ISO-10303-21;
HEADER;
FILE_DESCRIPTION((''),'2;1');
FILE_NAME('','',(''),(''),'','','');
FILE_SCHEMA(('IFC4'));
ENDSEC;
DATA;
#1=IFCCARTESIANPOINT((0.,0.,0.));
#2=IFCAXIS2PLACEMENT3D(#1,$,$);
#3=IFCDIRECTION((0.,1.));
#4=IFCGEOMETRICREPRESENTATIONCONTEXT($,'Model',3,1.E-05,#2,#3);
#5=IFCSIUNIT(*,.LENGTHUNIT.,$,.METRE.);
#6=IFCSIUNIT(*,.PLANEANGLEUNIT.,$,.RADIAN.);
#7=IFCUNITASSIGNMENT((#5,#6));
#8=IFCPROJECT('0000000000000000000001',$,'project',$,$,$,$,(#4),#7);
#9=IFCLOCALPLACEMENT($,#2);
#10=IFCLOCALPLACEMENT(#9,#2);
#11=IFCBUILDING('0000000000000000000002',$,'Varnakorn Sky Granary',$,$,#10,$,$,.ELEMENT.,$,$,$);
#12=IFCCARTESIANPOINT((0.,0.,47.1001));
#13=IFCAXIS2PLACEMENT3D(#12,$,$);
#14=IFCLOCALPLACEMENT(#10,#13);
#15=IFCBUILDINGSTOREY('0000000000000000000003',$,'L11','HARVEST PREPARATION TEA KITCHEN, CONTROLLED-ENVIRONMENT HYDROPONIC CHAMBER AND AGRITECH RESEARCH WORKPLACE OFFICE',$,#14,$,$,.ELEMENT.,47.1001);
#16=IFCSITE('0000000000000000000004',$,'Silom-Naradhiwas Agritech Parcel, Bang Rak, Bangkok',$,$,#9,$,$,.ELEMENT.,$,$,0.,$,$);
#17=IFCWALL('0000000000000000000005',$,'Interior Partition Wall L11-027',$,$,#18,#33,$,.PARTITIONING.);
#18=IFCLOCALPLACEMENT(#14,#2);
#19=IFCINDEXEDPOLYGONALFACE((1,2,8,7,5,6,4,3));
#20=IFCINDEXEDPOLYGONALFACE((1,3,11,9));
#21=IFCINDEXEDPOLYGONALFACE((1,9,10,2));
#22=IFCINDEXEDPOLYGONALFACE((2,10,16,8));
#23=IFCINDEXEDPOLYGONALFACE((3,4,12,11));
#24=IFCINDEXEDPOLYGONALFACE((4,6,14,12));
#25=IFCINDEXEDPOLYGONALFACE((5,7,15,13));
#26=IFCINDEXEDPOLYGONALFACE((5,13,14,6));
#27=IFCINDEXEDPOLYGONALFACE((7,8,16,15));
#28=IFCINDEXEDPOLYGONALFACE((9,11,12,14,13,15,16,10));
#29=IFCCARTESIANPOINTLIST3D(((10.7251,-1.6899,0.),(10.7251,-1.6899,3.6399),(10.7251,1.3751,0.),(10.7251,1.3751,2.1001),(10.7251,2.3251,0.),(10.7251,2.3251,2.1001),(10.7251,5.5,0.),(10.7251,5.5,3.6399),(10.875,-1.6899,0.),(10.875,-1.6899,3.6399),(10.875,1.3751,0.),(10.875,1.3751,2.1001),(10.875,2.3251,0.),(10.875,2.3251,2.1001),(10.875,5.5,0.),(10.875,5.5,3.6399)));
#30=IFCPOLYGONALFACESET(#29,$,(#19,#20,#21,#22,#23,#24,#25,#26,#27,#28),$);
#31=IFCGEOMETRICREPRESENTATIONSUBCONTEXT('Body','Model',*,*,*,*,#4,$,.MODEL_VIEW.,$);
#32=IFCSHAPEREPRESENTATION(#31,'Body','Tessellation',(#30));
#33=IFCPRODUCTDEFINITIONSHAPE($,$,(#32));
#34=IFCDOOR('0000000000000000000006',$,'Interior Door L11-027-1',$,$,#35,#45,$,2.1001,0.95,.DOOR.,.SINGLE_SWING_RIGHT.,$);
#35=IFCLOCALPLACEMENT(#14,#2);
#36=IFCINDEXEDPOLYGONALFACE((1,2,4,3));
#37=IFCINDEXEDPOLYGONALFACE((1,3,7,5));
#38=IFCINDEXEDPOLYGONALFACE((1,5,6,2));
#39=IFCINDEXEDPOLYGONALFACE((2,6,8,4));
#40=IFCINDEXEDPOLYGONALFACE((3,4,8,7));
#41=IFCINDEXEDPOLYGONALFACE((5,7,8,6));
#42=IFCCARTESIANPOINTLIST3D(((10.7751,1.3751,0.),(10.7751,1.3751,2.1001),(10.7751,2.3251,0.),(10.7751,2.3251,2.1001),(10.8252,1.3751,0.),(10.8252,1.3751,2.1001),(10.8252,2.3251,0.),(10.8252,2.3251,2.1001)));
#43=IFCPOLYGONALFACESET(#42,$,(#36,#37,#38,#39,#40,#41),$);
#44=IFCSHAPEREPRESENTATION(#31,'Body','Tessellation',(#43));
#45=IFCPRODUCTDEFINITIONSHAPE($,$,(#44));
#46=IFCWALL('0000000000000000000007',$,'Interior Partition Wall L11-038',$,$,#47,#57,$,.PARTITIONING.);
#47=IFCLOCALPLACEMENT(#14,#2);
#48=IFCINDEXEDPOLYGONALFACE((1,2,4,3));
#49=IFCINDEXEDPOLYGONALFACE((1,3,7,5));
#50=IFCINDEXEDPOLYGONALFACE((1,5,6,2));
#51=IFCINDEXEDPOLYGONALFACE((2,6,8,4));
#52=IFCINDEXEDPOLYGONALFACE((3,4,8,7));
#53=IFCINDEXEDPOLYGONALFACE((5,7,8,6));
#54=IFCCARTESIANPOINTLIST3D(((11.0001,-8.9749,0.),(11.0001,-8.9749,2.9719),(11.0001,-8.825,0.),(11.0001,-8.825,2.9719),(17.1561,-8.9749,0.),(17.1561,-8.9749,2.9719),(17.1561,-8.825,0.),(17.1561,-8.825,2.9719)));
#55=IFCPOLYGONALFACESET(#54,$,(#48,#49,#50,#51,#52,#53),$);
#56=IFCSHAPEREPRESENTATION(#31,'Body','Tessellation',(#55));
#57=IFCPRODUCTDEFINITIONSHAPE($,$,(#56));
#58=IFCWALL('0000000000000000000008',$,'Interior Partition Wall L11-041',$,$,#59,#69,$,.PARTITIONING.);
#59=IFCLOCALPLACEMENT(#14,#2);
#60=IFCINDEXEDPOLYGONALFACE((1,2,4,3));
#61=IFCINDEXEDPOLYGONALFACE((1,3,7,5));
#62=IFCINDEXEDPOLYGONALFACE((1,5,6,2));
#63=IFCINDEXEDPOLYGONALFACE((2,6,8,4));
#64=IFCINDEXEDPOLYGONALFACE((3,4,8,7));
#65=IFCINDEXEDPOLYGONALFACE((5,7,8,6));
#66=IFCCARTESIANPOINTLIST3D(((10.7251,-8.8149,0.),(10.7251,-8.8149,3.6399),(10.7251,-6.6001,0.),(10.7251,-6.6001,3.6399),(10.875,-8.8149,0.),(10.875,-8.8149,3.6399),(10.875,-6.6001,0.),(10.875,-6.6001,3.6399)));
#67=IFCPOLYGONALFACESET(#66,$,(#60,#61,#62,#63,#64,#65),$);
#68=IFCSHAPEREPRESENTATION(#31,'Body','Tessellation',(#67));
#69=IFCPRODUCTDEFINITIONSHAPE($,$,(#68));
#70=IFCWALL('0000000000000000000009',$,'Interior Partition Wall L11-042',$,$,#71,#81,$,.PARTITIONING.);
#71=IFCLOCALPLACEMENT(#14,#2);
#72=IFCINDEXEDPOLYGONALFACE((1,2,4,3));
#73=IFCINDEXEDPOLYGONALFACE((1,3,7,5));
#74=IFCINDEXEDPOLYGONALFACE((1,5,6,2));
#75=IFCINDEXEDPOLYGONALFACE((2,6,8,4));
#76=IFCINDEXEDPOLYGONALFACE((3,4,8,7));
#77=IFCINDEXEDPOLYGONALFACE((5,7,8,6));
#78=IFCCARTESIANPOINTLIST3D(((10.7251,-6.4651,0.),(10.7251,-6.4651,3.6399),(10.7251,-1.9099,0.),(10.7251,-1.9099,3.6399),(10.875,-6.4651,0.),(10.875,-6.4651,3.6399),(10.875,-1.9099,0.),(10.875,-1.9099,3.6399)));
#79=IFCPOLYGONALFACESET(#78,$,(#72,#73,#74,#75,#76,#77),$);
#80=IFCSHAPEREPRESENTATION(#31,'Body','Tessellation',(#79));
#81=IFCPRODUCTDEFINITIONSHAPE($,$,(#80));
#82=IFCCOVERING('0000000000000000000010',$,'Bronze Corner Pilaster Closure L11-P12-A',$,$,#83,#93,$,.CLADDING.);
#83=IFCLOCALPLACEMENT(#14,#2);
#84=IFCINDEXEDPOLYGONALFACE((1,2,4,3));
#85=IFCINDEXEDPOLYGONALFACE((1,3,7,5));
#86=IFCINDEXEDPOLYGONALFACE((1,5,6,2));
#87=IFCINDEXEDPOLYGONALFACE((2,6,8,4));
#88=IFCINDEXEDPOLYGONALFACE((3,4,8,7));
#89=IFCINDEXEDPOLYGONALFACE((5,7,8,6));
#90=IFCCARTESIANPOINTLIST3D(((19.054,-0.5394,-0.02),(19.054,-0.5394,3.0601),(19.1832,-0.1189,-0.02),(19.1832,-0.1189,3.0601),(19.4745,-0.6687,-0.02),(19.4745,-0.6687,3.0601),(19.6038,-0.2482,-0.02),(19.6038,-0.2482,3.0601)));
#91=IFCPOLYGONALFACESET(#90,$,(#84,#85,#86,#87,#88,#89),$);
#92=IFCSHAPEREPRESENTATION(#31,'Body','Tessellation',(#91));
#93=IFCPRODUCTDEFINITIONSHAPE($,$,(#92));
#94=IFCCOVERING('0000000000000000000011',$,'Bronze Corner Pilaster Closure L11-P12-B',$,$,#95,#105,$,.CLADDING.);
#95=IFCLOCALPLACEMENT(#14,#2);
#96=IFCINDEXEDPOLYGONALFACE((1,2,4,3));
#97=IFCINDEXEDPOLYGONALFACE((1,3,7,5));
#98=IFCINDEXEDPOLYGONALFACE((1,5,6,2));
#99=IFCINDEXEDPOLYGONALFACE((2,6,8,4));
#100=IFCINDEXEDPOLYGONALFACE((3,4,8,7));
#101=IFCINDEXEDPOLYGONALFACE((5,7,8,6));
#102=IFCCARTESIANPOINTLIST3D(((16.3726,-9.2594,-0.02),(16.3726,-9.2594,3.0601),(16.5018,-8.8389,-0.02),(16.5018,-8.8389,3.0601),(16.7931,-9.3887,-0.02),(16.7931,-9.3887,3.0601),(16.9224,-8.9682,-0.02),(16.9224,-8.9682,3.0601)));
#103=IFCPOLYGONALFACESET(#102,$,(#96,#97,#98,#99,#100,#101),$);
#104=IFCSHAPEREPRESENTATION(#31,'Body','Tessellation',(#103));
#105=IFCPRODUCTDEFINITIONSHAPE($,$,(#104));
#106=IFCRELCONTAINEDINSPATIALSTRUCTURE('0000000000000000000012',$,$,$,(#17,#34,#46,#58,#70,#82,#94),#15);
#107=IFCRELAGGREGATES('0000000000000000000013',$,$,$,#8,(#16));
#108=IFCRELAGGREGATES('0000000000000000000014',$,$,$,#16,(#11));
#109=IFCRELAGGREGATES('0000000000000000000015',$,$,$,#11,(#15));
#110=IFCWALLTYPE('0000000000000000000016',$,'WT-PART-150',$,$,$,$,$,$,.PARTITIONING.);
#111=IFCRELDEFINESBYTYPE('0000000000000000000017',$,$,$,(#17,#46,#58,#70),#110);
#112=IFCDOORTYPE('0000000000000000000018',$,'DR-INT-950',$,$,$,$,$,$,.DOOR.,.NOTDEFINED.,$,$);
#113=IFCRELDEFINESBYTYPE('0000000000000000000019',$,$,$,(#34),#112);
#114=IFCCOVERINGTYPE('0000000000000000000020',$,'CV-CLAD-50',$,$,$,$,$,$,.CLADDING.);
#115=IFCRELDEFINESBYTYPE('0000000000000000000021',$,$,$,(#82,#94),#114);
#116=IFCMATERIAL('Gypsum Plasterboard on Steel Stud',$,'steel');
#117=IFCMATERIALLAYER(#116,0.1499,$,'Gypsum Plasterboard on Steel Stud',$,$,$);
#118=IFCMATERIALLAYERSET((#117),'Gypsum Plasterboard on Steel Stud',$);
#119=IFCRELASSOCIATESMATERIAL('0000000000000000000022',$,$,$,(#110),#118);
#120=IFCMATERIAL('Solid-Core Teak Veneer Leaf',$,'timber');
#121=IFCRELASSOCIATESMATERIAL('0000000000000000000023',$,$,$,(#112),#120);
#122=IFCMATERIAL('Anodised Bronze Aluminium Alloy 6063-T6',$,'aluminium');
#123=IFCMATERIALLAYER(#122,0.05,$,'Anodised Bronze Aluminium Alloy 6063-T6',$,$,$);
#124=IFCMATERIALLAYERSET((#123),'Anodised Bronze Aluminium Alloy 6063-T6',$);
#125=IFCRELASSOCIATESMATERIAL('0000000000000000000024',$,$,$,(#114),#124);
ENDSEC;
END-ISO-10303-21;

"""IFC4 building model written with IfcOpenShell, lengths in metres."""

from ifc_helpers import new_model, si_unit, direction, frame, frame_2d, origin, origin_2d, place, context, subcontext, project, spatial, rectangle, extrude, source, transform, mapped, material, layer, layer_set, type_object, type_shapes, element, fill, save


model = new_model("IFC4")

# Units and contexts
model_context = context("Model", 3, precision=1e-05, world=origin(), true_north=direction((0.0, 1.0)))
body_context = subcontext(model_context, "Body", "Model", "MODEL_VIEW")
ifc_project = project(units=[si_unit("LENGTHUNIT", "METRE"), si_unit("PLANEANGLEUNIT", "RADIAN")], contexts=[model_context])

# Site, building, storey
site_placement = place(None, origin())
site = spatial("IfcSite", under=ifc_project, at=site_placement, Name="Silom-Naradhiwas Agritech Parcel, Bang Rak, Bangkok", CompositionType="ELEMENT", RefElevation=0.0)
building_placement = place(site_placement, origin())
building = spatial("IfcBuilding", under=site, at=building_placement, Name="Varnakorn Sky Granary", CompositionType="ELEMENT")
storey_placement = place(building_placement, frame((0.0, 0.0, 47.1001)))
storey = spatial("IfcBuildingStorey", under=building, at=storey_placement, Name="L11", Description="HARVEST PREPARATION TEA KITCHEN, CONTROLLED-ENVIRONMENT HYDROPONIC CHAMBER AND AGRITECH RESEARCH WORKPLACE OFFICE", CompositionType="ELEMENT", Elevation=47.1001)

# Shared definitions
ifc_material_1 = material(Name="Anodised Bronze Aluminium Alloy 6063-T6", Category="aluminium")

# Wall, opening, door
ifc_material_2 = material(Name="Gypsum Plasterboard on Steel Stud", Category="steel")
ifc_layer_1 = layer(ifc_material_2, 0.1499, Name="Gypsum Plasterboard on Steel Stud")
ifc_layer_set_1 = layer_set([ifc_layer_1], Name="Gypsum Plasterboard on Steel Stud")
wall_type_1 = type_object("IfcWallType", Name="WT-PART-150", PredefinedType="PARTITIONING", material=ifc_layer_set_1)
wall_1_placement = place(storey_placement, frame((10.8, -1.6899, 0.0), z_axis=(0.0, 0.0, 1.0), x_axis=(0.0, 1.0, 0.0)))
wall_1 = element("IfcWall", 1, at=wall_1_placement, inside=storey, type_object=wall_type_1, Name="Interior Partition Wall L11-027", PredefinedType="PARTITIONING", context=body_context, shape_type="SweptSolid", body=[
    extrude(rectangle(XDim=7.1899, YDim=0.1499, at=frame_2d((3.595, 0.0))), origin(), (0.0, 0.0, 1.0), 3.6399),
])
opening_placement = place(wall_1_placement, frame((3.0649, 0.0, 0.0)))
opening = element("IfcOpeningElement", 2, at=opening_placement, cuts=wall_1, PredefinedType="OPENING", context=body_context, shape_type="SweptSolid", body=[
    extrude(rectangle(XDim=0.95, YDim=2.1001, at=frame_2d((0.4751, 1.05))), frame((0.0, 0.085, 0.0), z_axis=(0.0, -1.0, 0.0), x_axis=(1.0, 0.0, 0.0)), (0.0, 0.0, 1.0), 0.1699),
])
ifc_material_3 = material(Name="Solid-Core Teak Veneer Leaf", Category="timber")
door_type = type_object("IfcDoorType", Name="DR-INT-950", OperationType="NOTDEFINED", PredefinedType="DOOR", material=ifc_material_3)
door_placement = place(opening_placement, origin())
door = element("IfcDoor", 3, at=door_placement, inside=storey, type_object=door_type, Name="Interior Door L11-027-1", OperationType="SINGLE_SWING_RIGHT", OverallHeight=2.1001, OverallWidth=0.95, PredefinedType="DOOR", context=body_context, shape_type="SweptSolid", body=[
    extrude(rectangle(XDim=0.95, YDim=2.1001, at=frame_2d((0.4751, 1.05))), frame((0.0, 0.0249, 0.0), z_axis=(0.0, -1.0, 0.0), x_axis=(1.0, 0.0, 0.0)), (0.0, 0.0, 1.0), 0.05),
])
fill(opening, door)

# Walls
wall_2_placement = place(storey_placement, frame((11.0, -8.8999, 0.0), z_axis=(0.0, 0.0, 1.0), x_axis=(1.0, 0.0, 0.0)))
element("IfcWall", 4, at=wall_2_placement, inside=storey, type_object=wall_type_1, Name="Interior Partition Wall L11-038", PredefinedType="PARTITIONING", context=body_context, shape_type="SweptSolid", body=[
    extrude(rectangle(XDim=6.156, YDim=0.1499, at=frame_2d((3.0781, 0.0))), origin(), (0.0, 0.0, 1.0), 2.9719),
])
wall_3_placement = place(storey_placement, frame((10.8, -8.8149, 0.0), z_axis=(0.0, 0.0, 1.0), x_axis=(0.0, 1.0, 0.0)))
element("IfcWall", 5, at=wall_3_placement, inside=storey, type_object=wall_type_1, Name="Interior Partition Wall L11-041", PredefinedType="PARTITIONING", context=body_context, shape_type="SweptSolid", body=[
    extrude(rectangle(XDim=2.2148, YDim=0.1499, at=frame_2d((1.1074, 0.0))), origin(), (0.0, 0.0, 1.0), 3.6399),
])
wall_4_placement = place(storey_placement, frame((10.8, -6.4651, 0.0), z_axis=(0.0, 0.0, 1.0), x_axis=(0.0, 1.0, 0.0)))
element("IfcWall", 6, at=wall_4_placement, inside=storey, type_object=wall_type_1, Name="Interior Partition Wall L11-042", PredefinedType="PARTITIONING", context=body_context, shape_type="SweptSolid", body=[
    extrude(rectangle(XDim=4.5552, YDim=0.1499, at=frame_2d((2.2776, 0.0))), origin(), (0.0, 0.0, 1.0), 3.6399),
])

# Coverings
ifc_layer_2 = layer(ifc_material_1, 0.05, Name="Anodised Bronze Aluminium Alloy 6063-T6")
ifc_layer_set_2 = layer_set([ifc_layer_2], Name="Anodised Bronze Aluminium Alloy 6063-T6")
covering_type = type_object("IfcCoveringType", Name="CV-CLAD-50", PredefinedType="CLADDING", material=ifc_layer_set_2)
shared_shape_1 = source(origin(), body_context, "Body", "SweptSolid", [
    extrude(rectangle(XDim=0.4399, YDim=0.4399, at=origin_2d()), origin(), (0.0, 0.0, 1.0), 3.0801),
])
type_shapes(covering_type, [shared_shape_1])
for number, where, z_axis, x_axis, name in (
    (7, (19.3289, -0.3938, -0.02), (0.0, 0.0, 1.0), (-0.293874, -0.955844, 0.0), "Bronze Corner Pilaster Closure L11-P12-A"),
    (8, (16.6475, -9.1138, -0.02), (0.0, 0.0, 1.0), (-0.293874, -0.955844, 0.0), "Bronze Corner Pilaster Closure L11-P12-B"),
):
    element("IfcCovering", number, at=place(storey_placement, frame(where, z_axis=z_axis, x_axis=x_axis)), inside=storey, type_object=covering_type, Name=name, PredefinedType="CLADDING", context=body_context, shape_type="MappedRepresentation", body=[
        mapped(shared_shape_1, transform((0.0, 0.0, 0.0), x_axis=(1.0, 0.0, 0.0), y_axis=(0.0, 1.0, 0.0), z_axis=(0.0, 0.0, 1.0), scale=1.0)),
    ])

save(model, "model.ifc")
